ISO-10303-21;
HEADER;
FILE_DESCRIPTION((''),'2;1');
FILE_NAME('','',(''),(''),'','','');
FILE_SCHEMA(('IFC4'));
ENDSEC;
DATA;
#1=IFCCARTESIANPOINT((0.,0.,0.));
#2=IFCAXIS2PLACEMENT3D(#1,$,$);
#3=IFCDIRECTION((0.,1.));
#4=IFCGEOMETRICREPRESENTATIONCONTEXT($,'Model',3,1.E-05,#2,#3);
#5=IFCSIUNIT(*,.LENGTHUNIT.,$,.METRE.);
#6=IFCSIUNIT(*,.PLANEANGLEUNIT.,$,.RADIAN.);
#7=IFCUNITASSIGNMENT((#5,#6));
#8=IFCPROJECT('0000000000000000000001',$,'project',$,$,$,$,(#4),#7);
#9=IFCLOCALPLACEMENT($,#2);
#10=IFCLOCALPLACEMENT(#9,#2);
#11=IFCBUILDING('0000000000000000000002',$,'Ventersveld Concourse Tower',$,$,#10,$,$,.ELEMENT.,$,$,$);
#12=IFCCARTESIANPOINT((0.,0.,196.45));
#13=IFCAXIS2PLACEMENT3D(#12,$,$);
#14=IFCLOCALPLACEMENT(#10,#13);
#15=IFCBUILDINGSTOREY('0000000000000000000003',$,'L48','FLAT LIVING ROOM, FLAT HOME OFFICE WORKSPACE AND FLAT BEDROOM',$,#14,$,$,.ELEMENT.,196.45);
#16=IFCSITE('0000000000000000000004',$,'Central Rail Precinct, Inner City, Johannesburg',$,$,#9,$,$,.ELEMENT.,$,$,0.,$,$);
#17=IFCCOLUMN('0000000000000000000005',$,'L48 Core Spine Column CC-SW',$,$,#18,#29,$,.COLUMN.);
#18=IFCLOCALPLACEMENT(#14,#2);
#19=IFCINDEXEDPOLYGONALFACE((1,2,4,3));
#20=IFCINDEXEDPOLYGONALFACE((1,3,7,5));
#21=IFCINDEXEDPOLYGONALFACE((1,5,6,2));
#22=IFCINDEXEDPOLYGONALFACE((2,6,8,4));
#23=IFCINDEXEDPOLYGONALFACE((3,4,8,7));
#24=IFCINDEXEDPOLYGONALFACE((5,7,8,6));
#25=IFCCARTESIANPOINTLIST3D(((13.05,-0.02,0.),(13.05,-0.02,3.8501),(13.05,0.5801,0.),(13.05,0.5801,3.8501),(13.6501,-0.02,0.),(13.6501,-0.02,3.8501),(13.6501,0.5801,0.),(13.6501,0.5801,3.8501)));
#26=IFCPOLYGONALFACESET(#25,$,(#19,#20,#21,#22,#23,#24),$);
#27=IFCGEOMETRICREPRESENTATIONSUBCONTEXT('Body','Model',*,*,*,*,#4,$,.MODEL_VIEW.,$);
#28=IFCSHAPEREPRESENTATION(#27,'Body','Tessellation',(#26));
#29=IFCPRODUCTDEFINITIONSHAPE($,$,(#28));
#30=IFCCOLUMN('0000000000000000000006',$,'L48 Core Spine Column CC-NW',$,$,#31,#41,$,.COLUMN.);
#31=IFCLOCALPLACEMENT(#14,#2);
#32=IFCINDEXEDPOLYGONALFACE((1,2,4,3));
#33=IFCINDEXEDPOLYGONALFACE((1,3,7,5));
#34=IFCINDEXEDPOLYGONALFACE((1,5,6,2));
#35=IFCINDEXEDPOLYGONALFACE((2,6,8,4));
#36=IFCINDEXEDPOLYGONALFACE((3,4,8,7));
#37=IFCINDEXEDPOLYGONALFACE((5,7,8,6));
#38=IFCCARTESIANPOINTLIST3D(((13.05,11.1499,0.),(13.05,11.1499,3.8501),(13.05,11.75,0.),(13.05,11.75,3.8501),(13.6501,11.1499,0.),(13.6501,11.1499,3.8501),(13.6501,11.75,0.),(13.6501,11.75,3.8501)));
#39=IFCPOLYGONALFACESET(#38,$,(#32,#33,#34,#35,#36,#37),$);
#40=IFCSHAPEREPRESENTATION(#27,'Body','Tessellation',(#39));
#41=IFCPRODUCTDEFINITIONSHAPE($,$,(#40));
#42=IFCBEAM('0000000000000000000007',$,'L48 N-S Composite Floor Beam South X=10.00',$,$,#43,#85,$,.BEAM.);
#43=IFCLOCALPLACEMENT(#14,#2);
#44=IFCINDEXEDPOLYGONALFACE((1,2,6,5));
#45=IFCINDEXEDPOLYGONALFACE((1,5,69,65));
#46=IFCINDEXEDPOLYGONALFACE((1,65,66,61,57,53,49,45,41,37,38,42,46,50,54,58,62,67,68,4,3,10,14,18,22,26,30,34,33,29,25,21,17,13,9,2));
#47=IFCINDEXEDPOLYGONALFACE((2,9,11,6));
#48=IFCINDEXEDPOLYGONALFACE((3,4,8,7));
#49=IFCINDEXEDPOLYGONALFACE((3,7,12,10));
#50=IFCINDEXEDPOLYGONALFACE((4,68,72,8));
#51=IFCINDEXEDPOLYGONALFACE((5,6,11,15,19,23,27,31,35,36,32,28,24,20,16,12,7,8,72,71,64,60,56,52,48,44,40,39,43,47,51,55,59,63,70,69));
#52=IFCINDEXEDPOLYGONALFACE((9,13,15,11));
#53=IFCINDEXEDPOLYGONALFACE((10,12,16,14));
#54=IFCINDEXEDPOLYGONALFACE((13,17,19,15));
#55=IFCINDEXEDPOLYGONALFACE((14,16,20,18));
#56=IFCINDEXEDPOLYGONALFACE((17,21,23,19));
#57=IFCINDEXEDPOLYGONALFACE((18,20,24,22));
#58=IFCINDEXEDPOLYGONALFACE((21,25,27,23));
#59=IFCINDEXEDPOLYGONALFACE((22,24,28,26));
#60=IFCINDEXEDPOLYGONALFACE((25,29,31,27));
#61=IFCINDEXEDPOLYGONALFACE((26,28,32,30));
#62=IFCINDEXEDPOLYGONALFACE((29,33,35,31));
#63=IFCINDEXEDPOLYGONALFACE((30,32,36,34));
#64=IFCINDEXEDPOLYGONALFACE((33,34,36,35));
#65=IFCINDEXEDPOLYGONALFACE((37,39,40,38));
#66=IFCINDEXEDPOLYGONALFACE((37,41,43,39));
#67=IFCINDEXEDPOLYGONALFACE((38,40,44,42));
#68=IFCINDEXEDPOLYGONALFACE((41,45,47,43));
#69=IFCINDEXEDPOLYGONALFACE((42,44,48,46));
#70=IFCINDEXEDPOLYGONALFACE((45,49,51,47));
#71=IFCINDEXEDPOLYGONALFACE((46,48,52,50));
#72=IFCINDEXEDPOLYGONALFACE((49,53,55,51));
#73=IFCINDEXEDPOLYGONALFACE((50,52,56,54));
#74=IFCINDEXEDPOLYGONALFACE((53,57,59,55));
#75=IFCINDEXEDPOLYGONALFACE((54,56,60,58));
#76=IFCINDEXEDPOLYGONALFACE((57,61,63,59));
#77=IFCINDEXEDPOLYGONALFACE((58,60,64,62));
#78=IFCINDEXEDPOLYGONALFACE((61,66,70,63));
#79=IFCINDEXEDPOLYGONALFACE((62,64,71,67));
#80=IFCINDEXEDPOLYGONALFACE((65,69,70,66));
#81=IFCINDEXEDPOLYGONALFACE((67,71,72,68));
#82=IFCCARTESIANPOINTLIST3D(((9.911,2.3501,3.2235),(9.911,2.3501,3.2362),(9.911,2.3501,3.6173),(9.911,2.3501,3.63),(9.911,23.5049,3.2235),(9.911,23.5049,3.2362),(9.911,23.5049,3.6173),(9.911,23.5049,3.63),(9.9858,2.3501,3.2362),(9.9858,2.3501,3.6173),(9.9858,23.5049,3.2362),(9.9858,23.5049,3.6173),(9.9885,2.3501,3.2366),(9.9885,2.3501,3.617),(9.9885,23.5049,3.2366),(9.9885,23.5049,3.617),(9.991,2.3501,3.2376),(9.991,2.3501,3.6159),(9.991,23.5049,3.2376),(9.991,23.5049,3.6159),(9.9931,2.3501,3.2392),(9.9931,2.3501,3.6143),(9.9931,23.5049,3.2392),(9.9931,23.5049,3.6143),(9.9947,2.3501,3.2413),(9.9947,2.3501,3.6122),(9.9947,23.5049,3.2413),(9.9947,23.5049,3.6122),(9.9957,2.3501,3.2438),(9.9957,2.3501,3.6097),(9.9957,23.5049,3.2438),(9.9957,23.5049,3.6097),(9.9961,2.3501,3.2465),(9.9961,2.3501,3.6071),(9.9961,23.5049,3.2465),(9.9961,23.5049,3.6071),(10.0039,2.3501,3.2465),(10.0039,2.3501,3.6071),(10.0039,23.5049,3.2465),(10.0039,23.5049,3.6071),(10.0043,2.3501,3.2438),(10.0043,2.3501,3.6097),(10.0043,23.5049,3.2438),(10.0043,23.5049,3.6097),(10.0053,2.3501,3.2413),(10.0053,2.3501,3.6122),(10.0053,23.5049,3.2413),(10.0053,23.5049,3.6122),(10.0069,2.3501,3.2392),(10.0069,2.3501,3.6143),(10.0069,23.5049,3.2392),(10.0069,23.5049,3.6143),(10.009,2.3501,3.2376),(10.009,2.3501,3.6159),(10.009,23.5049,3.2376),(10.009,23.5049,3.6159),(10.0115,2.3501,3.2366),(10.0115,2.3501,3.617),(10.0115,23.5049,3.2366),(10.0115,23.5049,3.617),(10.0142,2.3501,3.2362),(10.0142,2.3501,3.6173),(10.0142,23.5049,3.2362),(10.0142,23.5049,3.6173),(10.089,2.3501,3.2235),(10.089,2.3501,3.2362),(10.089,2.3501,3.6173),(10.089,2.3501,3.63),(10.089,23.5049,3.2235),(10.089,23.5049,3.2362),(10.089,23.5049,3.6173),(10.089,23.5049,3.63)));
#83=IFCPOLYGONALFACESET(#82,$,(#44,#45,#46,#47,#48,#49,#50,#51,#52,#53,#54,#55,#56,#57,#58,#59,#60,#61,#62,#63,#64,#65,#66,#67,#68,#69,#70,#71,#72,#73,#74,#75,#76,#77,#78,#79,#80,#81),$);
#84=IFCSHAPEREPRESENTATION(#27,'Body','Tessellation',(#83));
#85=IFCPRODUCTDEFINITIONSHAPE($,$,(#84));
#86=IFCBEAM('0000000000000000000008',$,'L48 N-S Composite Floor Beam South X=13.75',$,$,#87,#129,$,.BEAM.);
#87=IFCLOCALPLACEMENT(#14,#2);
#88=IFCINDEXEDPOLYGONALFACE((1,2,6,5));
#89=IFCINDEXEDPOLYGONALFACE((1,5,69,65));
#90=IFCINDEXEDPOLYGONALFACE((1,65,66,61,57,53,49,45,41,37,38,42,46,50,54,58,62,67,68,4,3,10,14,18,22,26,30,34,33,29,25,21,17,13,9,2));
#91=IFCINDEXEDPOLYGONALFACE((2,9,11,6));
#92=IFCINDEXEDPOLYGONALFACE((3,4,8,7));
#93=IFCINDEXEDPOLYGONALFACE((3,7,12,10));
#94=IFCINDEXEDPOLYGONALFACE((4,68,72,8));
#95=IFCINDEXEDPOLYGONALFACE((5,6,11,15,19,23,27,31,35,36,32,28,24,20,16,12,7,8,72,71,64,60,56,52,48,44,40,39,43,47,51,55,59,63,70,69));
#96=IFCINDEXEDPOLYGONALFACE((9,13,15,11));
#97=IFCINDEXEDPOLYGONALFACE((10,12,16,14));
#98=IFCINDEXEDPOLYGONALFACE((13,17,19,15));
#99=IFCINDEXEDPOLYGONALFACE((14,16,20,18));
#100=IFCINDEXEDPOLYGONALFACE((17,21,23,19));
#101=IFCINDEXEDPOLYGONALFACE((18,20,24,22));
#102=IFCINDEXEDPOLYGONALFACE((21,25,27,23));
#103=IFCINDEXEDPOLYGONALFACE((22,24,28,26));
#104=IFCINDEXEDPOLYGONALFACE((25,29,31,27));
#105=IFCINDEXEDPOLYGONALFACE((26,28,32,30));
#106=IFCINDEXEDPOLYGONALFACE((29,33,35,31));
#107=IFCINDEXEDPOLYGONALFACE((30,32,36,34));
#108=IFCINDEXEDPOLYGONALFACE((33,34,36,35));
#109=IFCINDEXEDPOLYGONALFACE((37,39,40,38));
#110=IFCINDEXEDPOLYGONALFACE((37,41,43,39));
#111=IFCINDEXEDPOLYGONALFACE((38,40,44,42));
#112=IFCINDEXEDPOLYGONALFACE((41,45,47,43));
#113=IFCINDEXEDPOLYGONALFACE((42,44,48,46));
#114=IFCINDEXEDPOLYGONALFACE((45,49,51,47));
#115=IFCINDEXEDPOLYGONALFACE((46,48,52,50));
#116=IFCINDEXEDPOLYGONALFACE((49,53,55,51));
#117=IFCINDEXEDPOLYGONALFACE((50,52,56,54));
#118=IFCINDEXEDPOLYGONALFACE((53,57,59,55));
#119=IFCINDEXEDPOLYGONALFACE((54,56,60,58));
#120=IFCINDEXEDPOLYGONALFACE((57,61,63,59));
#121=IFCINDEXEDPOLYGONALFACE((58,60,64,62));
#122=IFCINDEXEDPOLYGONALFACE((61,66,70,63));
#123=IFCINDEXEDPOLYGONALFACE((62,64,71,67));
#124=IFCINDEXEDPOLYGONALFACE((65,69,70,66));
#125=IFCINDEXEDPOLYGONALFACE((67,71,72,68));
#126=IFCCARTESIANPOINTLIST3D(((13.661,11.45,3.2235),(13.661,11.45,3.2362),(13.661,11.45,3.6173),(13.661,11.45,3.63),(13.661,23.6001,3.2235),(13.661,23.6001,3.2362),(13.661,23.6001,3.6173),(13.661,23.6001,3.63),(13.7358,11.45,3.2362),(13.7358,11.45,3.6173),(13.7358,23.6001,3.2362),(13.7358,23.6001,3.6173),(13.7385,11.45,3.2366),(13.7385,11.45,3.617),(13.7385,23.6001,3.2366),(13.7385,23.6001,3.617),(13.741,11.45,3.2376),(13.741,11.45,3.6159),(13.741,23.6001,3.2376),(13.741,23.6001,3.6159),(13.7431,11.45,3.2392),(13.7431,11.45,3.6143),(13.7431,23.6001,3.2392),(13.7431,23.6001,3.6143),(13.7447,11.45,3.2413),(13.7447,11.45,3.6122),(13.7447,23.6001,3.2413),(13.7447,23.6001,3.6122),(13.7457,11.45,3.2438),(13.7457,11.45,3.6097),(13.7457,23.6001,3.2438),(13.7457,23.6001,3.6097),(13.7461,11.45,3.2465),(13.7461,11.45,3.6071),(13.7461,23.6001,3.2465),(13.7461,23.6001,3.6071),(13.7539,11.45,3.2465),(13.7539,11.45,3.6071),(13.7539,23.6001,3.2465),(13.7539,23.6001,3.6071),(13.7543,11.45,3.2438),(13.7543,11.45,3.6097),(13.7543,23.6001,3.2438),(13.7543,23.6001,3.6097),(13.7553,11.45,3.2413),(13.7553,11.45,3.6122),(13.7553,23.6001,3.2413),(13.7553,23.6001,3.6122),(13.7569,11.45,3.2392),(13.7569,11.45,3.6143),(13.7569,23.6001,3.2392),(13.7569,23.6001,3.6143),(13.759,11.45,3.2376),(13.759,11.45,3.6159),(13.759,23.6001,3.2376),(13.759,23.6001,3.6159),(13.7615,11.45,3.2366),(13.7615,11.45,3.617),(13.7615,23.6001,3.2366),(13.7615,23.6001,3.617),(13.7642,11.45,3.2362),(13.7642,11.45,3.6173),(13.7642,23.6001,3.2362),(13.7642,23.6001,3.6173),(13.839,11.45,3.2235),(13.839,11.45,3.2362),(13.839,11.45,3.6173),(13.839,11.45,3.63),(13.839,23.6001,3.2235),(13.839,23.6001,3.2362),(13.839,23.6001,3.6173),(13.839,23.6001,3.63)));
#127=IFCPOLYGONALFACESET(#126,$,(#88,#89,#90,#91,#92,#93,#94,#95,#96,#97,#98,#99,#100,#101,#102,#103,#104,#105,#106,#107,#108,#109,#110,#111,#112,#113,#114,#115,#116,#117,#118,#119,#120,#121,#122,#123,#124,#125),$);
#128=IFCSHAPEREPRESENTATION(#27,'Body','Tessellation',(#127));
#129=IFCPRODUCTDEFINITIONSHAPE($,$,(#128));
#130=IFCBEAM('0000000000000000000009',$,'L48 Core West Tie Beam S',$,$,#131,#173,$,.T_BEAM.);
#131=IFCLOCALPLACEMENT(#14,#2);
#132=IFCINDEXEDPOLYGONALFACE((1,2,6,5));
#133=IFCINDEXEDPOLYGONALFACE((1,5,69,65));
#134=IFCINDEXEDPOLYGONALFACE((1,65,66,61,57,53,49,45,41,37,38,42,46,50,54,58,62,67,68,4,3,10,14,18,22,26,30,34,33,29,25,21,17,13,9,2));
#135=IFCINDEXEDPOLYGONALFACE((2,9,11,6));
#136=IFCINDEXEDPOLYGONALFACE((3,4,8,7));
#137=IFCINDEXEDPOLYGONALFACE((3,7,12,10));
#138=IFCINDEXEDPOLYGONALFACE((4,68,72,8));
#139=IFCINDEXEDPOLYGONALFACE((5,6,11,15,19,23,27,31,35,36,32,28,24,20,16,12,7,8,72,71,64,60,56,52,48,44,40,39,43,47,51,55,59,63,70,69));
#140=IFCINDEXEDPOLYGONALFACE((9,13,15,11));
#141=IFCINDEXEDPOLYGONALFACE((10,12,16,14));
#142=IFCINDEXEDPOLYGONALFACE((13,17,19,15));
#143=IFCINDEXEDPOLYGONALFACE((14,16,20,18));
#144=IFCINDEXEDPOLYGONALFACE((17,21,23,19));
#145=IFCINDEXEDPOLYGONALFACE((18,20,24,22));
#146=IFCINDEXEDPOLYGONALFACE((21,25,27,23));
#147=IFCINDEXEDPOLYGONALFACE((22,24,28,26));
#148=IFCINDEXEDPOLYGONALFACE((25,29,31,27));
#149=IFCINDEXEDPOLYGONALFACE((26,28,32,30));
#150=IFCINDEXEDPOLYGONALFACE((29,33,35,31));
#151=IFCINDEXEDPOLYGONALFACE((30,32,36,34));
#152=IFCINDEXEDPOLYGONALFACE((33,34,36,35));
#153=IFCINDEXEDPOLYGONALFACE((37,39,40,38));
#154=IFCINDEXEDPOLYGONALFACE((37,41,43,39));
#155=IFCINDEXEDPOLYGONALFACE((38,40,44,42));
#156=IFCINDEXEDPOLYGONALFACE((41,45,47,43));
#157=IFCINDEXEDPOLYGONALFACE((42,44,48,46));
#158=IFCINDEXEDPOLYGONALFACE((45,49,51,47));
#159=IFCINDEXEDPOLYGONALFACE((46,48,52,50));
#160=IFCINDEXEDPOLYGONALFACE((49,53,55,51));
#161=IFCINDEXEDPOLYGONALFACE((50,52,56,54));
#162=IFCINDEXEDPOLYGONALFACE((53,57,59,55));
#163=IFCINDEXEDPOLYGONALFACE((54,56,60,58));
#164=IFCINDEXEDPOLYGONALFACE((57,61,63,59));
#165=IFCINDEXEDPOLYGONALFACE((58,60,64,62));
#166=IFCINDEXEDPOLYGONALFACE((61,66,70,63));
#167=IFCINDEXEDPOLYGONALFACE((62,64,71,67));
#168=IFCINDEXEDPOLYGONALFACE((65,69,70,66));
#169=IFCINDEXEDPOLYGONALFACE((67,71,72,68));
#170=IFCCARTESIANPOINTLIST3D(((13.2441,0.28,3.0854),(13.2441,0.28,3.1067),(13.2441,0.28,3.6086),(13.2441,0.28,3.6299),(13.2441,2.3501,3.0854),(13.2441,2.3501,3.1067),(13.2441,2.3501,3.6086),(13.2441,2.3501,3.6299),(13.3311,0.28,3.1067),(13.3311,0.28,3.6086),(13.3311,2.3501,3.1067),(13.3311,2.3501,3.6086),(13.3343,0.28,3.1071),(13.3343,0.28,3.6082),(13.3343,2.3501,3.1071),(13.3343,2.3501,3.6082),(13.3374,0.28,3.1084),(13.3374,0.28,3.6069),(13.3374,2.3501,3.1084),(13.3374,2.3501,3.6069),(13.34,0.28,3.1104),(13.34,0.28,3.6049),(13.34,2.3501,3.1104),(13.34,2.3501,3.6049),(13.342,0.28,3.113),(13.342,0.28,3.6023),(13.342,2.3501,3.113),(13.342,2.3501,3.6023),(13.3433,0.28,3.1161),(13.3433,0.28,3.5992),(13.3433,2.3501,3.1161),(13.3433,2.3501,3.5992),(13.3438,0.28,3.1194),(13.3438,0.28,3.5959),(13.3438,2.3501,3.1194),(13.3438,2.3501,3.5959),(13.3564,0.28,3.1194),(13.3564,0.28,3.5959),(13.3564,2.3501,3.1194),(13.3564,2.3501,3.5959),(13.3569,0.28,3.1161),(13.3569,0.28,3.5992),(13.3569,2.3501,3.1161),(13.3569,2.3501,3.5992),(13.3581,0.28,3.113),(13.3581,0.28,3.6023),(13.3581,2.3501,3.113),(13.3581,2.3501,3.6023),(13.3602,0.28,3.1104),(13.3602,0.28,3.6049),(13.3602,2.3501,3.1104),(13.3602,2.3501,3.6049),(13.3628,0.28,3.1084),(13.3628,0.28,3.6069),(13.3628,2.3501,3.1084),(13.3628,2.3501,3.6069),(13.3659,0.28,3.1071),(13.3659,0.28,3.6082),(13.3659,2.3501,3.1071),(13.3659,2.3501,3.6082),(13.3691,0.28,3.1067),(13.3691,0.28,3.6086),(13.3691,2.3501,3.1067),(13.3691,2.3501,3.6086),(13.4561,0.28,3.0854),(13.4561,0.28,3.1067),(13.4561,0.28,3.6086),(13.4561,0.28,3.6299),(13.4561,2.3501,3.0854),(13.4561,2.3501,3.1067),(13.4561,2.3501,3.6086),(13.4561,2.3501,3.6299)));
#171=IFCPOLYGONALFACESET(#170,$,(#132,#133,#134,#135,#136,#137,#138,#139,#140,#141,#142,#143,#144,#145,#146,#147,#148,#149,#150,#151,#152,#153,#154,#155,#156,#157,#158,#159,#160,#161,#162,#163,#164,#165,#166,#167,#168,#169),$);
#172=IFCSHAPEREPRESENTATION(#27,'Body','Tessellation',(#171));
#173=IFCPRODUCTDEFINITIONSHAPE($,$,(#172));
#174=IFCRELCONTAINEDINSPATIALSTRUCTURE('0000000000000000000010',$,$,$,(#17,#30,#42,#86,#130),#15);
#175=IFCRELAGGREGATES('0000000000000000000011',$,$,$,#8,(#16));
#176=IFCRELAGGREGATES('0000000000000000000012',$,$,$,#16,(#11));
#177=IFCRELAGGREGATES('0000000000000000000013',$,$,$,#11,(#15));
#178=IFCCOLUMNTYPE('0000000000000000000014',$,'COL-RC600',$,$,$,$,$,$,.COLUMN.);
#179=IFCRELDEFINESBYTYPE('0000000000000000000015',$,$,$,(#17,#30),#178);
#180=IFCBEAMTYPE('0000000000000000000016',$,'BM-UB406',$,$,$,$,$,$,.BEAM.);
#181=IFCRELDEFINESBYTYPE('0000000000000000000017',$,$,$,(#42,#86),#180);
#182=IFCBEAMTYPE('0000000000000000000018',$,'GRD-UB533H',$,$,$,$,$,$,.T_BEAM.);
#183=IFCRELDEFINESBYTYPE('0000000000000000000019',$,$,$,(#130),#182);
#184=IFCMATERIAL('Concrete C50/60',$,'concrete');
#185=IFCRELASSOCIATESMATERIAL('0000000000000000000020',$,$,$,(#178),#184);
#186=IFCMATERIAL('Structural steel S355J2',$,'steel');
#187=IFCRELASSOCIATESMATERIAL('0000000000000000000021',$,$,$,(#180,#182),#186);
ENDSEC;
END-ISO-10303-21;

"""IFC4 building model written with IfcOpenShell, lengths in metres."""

from ifc_helpers import new_model, si_unit, direction, frame, origin, origin_2d, place, context, subcontext, project, spatial, rectangle, i_section, extrude, material, material_profile, profile_set, type_object, element, save


model = new_model("IFC4")

# Units and contexts
model_context = context("Model", 3, precision=1e-05, world=origin(), true_north=direction((0.0, 1.0)))
body_context = subcontext(model_context, "Body", "Model", "MODEL_VIEW")
ifc_project = project(units=[si_unit("LENGTHUNIT", "METRE"), si_unit("PLANEANGLEUNIT", "RADIAN")], contexts=[model_context])

# Site, building, storey
site_placement = place(None, origin())
site = spatial("IfcSite", under=ifc_project, at=site_placement, Name="Central Rail Precinct, Inner City, Johannesburg", CompositionType="ELEMENT", RefElevation=0.0)
building_placement = place(site_placement, origin())
building = spatial("IfcBuilding", under=site, at=building_placement, Name="Ventersveld Concourse Tower", CompositionType="ELEMENT")
storey_placement = place(building_placement, frame((0.0, 0.0, 196.45)))
storey = spatial("IfcBuildingStorey", under=building, at=storey_placement, Name="L48", Description="FLAT LIVING ROOM, FLAT HOME OFFICE WORKSPACE AND FLAT BEDROOM", CompositionType="ELEMENT", Elevation=196.45)

# Columns
ifc_material_1 = material(Name="Concrete C50/60", Category="concrete")
ifc_material_profile_1 = material_profile(ifc_material_1, rectangle(XDim=0.6001, YDim=0.6001, at=origin_2d()), Name="RC 600x600")
ifc_profile_set_1 = profile_set([ifc_material_profile_1], Name="Concrete C50/60")
column_type = type_object("IfcColumnType", Name="COL-RC600", PredefinedType="COLUMN", material=ifc_profile_set_1)
for number, where, z_axis, x_axis, name in (
    (1, (13.3501, 0.28, 0.0), (0.0, 0.0, 1.0), (1.0, 0.0, 0.0), "L48 Core Spine Column CC-SW"),
    (2, (13.3501, 11.45, 0.0), (0.0, 0.0, 1.0), (1.0, 0.0, 0.0), "L48 Core Spine Column CC-NW"),
):
    element("IfcColumn", number, at=place(storey_placement, frame(where, z_axis=z_axis, x_axis=x_axis)), inside=storey, type_object=column_type, Name=name, PredefinedType="COLUMN", context=body_context, shape_type="SweptSolid", body=[
        extrude(rectangle(XDim=0.6001, YDim=0.6001, at=origin_2d()), origin(), (0.0, 0.0, 1.0), 3.8501),
    ])

# Beams
ifc_material_2 = material(Name="Structural steel S355J2", Category="steel")
ifc_material_profile_2 = material_profile(ifc_material_2, i_section(OverallWidth=0.178, OverallDepth=0.4065, WebThickness=0.0078, FlangeThickness=0.0127, FilletRadius=0.0103, at=origin_2d()), Name="UB 406x178x60")
ifc_profile_set_2 = profile_set([ifc_material_profile_2], Name="Structural steel S355J2")
beam_type_1 = type_object("IfcBeamType", Name="BM-UB406", PredefinedType="BEAM", material=ifc_profile_set_2)
beam_1_placement = place(storey_placement, frame((10.0, 2.3501, 3.4268), z_axis=(0.0, 1.0, 0.0), x_axis=(-1.0, 0.0, 0.0)))
element("IfcBeam", 3, at=beam_1_placement, inside=storey, type_object=beam_type_1, Name="L48 N-S Composite Floor Beam South X=10.00", PredefinedType="BEAM", context=body_context, shape_type="SweptSolid", body=[
    extrude(i_section(OverallWidth=0.178, OverallDepth=0.4065, WebThickness=0.0078, FlangeThickness=0.0127, FilletRadius=0.0103, at=origin_2d()), origin(), (0.0, 0.0, 1.0), 21.1548),
])
beam_2_placement = place(storey_placement, frame((13.75, 11.45, 3.4268), z_axis=(0.0, 1.0, 0.0), x_axis=(-1.0, 0.0, 0.0)))
element("IfcBeam", 4, at=beam_2_placement, inside=storey, type_object=beam_type_1, Name="L48 N-S Composite Floor Beam South X=13.75", PredefinedType="BEAM", context=body_context, shape_type="SweptSolid", body=[
    extrude(i_section(OverallWidth=0.178, OverallDepth=0.4065, WebThickness=0.0078, FlangeThickness=0.0127, FilletRadius=0.0103, at=origin_2d()), origin(), (0.0, 0.0, 1.0), 12.1501),
])
ifc_material_profile_3 = material_profile(ifc_material_2, i_section(OverallWidth=0.2119, OverallDepth=0.5444, WebThickness=0.0127, FlangeThickness=0.0212, FilletRadius=0.0127, at=origin_2d()), Name="UB 533x210x122")
ifc_profile_set_3 = profile_set([ifc_material_profile_3], Name="Structural steel S355J2")
beam_type_2 = type_object("IfcBeamType", Name="GRD-UB533H", PredefinedType="T_BEAM", material=ifc_profile_set_3)
beam_3_placement = place(storey_placement, frame((13.3501, 0.28, 3.3577), z_axis=(0.0, 1.0, 0.0), x_axis=(-1.0, 0.0, 0.0)))
element("IfcBeam", 5, at=beam_3_placement, inside=storey, type_object=beam_type_2, Name="L48 Core West Tie Beam S", PredefinedType="T_BEAM", context=body_context, shape_type="SweptSolid", body=[
    extrude(i_section(OverallWidth=0.2119, OverallDepth=0.5444, WebThickness=0.0127, FlangeThickness=0.0212, FilletRadius=0.0127, at=origin_2d()), origin(), (0.0, 0.0, 1.0), 2.0701),
])

save(model, "model.ifc")
